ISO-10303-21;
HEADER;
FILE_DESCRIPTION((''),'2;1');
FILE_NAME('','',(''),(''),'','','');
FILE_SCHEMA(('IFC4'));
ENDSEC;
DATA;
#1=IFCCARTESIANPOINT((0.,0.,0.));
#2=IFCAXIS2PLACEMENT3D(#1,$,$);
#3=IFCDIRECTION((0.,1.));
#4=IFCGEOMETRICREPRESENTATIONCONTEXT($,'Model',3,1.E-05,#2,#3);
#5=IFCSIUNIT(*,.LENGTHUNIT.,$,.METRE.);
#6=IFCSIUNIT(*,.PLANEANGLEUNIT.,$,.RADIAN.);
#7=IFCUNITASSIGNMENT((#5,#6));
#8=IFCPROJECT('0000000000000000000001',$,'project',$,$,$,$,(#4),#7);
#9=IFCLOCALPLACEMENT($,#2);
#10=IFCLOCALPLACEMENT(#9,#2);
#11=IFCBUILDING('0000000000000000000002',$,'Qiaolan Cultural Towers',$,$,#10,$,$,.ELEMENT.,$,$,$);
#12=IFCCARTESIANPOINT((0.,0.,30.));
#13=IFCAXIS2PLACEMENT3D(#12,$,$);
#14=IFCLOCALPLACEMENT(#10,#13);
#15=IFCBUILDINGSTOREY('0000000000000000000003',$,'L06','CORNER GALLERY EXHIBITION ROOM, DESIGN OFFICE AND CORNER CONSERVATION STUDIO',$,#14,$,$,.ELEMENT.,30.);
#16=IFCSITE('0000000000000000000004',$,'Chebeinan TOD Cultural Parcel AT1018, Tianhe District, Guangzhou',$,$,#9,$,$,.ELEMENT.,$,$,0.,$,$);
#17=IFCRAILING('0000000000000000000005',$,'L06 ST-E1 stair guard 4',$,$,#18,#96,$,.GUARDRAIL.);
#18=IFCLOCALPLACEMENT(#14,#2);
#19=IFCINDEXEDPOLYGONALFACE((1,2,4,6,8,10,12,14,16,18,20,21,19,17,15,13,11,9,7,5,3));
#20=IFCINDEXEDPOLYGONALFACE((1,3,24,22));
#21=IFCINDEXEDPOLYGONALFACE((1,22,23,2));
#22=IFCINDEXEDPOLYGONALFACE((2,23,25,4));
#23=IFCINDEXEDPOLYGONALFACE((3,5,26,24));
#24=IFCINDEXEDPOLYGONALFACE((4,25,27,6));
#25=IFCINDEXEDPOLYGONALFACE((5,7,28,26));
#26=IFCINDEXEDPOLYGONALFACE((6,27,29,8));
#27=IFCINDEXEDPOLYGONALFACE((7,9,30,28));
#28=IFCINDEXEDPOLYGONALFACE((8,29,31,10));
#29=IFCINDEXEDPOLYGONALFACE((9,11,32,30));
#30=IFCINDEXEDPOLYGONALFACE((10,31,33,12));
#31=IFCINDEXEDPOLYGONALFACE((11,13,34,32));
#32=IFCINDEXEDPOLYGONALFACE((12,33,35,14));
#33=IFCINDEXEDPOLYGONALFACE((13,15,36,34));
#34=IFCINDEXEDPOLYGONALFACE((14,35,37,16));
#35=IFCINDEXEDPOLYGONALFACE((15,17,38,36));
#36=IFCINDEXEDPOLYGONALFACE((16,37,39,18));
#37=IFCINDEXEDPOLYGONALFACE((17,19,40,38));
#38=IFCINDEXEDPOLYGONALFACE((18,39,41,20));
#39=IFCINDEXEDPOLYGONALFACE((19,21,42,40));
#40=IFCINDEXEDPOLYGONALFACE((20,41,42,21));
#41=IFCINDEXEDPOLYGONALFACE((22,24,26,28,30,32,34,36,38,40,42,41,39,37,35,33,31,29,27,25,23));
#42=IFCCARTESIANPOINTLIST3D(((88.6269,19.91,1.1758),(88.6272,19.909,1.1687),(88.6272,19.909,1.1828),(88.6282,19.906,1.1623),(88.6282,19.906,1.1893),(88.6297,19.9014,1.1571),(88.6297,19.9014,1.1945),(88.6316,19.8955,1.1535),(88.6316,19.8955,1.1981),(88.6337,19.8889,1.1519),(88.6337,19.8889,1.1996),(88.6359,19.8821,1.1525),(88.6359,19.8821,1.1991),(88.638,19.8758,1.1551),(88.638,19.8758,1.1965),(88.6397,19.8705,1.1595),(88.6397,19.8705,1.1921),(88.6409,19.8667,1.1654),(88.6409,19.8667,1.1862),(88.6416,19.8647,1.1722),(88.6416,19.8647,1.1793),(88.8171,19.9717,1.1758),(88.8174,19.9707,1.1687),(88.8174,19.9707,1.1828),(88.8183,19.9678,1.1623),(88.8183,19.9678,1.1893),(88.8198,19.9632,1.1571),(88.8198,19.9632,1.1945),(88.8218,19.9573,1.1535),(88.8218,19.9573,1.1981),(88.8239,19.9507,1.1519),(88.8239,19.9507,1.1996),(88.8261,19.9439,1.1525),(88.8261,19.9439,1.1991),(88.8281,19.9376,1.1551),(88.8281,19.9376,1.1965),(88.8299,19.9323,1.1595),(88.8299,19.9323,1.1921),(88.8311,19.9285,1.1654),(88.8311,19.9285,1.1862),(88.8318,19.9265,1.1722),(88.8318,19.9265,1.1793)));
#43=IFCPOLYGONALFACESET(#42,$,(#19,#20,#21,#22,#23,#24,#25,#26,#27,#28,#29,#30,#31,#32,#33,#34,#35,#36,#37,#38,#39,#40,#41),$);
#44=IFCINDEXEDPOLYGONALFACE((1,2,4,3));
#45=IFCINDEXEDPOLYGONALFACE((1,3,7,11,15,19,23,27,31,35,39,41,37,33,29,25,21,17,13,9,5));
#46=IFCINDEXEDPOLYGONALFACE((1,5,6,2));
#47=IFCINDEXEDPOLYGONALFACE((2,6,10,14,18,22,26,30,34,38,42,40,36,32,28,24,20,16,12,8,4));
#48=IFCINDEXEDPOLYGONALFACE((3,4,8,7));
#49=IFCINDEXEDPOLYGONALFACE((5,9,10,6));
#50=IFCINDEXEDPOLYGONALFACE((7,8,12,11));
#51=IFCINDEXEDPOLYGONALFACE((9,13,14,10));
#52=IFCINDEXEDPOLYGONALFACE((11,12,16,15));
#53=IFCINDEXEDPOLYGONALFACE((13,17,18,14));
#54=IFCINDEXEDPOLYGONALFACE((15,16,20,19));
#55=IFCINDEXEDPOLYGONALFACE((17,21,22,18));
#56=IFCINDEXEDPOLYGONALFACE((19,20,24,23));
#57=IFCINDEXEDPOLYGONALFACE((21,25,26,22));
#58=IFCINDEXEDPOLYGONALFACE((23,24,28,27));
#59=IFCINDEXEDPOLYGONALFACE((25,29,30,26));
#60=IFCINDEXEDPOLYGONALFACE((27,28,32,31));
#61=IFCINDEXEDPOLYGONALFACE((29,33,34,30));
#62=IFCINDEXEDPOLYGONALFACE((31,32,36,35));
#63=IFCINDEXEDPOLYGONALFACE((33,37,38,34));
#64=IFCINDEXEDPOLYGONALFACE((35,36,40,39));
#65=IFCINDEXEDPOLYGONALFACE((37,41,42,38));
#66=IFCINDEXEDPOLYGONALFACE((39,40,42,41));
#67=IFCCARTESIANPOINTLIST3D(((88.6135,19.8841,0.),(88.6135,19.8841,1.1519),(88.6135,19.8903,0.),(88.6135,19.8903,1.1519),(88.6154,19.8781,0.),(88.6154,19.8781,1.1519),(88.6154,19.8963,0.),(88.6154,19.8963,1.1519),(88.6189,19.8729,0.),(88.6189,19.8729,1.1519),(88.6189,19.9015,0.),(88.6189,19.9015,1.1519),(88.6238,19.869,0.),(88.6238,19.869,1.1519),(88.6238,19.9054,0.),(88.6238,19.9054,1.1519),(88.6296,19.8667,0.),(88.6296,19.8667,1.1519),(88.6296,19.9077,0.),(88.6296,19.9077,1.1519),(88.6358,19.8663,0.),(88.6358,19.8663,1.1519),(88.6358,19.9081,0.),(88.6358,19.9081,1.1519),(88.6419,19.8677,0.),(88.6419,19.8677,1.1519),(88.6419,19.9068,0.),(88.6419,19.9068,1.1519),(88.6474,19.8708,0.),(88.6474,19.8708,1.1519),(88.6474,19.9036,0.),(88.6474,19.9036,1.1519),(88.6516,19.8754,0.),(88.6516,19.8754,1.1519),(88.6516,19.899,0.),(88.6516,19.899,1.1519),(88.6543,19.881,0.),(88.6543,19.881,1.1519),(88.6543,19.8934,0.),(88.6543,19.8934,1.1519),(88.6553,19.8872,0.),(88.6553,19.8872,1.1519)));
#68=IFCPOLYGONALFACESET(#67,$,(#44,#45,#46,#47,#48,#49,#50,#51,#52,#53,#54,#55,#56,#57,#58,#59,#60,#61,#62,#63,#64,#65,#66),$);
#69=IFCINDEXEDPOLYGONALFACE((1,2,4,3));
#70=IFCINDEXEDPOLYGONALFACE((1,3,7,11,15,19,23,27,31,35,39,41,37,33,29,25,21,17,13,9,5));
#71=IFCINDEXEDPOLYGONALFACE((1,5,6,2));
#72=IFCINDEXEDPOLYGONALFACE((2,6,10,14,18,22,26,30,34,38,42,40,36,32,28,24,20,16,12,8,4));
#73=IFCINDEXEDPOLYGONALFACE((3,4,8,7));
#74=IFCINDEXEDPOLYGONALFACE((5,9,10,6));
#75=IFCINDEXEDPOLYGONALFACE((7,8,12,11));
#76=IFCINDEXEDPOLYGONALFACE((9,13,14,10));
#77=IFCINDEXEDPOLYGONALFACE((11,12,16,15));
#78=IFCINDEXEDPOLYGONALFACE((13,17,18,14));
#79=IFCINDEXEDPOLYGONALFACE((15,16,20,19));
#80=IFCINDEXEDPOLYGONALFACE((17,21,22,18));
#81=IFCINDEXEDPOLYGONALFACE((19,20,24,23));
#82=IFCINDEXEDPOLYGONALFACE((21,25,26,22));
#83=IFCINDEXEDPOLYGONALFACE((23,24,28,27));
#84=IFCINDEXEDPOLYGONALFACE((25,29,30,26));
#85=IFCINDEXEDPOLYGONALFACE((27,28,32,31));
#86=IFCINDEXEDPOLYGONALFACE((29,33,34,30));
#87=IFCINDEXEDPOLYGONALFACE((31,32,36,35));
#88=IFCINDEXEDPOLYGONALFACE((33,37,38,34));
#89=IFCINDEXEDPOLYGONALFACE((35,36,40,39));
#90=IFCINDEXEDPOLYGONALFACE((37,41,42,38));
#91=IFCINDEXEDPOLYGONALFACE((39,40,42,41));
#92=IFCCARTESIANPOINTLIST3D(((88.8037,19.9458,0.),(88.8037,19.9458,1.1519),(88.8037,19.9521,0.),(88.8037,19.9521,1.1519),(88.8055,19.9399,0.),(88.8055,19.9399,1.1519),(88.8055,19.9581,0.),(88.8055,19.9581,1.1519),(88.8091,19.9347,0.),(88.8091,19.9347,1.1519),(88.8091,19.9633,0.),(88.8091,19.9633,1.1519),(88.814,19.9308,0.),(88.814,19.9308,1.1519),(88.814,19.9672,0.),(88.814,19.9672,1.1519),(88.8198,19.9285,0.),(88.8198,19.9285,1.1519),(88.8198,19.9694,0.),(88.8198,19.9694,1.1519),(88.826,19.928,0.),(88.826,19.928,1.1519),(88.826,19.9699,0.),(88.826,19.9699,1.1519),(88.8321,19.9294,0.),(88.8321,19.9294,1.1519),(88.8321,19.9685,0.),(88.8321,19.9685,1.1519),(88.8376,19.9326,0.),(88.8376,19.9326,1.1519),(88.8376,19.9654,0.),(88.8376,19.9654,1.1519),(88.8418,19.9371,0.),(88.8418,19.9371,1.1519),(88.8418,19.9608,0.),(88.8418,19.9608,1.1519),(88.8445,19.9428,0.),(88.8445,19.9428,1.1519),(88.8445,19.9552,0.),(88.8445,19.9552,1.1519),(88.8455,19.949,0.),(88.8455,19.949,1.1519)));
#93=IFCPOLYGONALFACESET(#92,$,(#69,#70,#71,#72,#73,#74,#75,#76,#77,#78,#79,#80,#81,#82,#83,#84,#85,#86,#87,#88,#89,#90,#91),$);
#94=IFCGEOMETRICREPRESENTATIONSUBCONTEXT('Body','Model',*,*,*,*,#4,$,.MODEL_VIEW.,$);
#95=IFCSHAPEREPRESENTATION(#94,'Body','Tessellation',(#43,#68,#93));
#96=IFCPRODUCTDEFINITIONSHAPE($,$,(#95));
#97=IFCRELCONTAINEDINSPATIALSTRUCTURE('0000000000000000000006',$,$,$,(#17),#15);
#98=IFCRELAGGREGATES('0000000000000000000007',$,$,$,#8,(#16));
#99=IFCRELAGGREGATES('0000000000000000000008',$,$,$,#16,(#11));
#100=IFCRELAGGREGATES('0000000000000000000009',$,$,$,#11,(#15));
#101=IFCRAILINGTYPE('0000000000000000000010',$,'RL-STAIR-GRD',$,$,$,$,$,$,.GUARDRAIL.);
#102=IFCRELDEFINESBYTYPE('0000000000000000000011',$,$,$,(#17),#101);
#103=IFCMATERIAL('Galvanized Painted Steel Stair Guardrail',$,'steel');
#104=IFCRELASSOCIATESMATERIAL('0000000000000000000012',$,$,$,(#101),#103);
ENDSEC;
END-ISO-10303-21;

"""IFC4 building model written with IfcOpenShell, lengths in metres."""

from ifc_helpers import new_model, si_unit, direction, frame, origin, origin_2d, place, context, subcontext, project, spatial, circle, extrude, material, type_object, element, save


model = new_model("IFC4")

# Units and contexts
model_context = context("Model", 3, precision=1e-05, world=origin(), true_north=direction((0.0, 1.0)))
body_context = subcontext(model_context, "Body", "Model", "MODEL_VIEW")
ifc_project = project(units=[si_unit("LENGTHUNIT", "METRE"), si_unit("PLANEANGLEUNIT", "RADIAN")], contexts=[model_context])

# Site, building, storey
site_placement = place(None, origin())
site = spatial("IfcSite", under=ifc_project, at=site_placement, Name="Chebeinan TOD Cultural Parcel AT1018, Tianhe District, Guangzhou", CompositionType="ELEMENT", RefElevation=0.0)
building_placement = place(site_placement, origin())
building = spatial("IfcBuilding", under=site, at=building_placement, Name="Qiaolan Cultural Towers", CompositionType="ELEMENT")
storey_placement = place(building_placement, frame((0.0, 0.0, 30.0)))
storey = spatial("IfcBuildingStorey", under=building, at=storey_placement, Name="L06", Description="CORNER GALLERY EXHIBITION ROOM, DESIGN OFFICE AND CORNER CONSERVATION STUDIO", CompositionType="ELEMENT", Elevation=30.0)

# Railing
ifc_material_1 = material(Name="Galvanized Painted Steel Stair Guardrail", Category="steel")
railing_type_1 = type_object("IfcRailingType", Name="RL-STAIR-GRD", PredefinedType="GUARDRAIL", material=ifc_material_1)
railing_1_placement = place(storey_placement, frame((88.6343, 19.8872, 0.0)))
element("IfcRailing", 1, at=railing_1_placement, inside=storey, type_object=railing_type_1, Name="L06 ST-E1 stair guard 4", PredefinedType="GUARDRAIL", context=body_context, shape_type="SweptSolid", body=[
    extrude(circle(Radius=0.0239, at=origin_2d()), frame((0.0, 0.0, 1.1758), z_axis=(0.951097, 0.308893, 0.0), x_axis=(-0.308893, 0.951097, 0.0)), (0.0, 0.0, 1.0), 0.2),
    extrude(circle(Radius=0.021, at=origin_2d()), origin(), (0.0, 0.0, 1.0), 1.1519),
    extrude(circle(Radius=0.021, at=origin_2d()), frame((0.1902, 0.0618, 0.0)), (0.0, 0.0, 1.0), 1.1519),
])

save(model, "model.ifc")
